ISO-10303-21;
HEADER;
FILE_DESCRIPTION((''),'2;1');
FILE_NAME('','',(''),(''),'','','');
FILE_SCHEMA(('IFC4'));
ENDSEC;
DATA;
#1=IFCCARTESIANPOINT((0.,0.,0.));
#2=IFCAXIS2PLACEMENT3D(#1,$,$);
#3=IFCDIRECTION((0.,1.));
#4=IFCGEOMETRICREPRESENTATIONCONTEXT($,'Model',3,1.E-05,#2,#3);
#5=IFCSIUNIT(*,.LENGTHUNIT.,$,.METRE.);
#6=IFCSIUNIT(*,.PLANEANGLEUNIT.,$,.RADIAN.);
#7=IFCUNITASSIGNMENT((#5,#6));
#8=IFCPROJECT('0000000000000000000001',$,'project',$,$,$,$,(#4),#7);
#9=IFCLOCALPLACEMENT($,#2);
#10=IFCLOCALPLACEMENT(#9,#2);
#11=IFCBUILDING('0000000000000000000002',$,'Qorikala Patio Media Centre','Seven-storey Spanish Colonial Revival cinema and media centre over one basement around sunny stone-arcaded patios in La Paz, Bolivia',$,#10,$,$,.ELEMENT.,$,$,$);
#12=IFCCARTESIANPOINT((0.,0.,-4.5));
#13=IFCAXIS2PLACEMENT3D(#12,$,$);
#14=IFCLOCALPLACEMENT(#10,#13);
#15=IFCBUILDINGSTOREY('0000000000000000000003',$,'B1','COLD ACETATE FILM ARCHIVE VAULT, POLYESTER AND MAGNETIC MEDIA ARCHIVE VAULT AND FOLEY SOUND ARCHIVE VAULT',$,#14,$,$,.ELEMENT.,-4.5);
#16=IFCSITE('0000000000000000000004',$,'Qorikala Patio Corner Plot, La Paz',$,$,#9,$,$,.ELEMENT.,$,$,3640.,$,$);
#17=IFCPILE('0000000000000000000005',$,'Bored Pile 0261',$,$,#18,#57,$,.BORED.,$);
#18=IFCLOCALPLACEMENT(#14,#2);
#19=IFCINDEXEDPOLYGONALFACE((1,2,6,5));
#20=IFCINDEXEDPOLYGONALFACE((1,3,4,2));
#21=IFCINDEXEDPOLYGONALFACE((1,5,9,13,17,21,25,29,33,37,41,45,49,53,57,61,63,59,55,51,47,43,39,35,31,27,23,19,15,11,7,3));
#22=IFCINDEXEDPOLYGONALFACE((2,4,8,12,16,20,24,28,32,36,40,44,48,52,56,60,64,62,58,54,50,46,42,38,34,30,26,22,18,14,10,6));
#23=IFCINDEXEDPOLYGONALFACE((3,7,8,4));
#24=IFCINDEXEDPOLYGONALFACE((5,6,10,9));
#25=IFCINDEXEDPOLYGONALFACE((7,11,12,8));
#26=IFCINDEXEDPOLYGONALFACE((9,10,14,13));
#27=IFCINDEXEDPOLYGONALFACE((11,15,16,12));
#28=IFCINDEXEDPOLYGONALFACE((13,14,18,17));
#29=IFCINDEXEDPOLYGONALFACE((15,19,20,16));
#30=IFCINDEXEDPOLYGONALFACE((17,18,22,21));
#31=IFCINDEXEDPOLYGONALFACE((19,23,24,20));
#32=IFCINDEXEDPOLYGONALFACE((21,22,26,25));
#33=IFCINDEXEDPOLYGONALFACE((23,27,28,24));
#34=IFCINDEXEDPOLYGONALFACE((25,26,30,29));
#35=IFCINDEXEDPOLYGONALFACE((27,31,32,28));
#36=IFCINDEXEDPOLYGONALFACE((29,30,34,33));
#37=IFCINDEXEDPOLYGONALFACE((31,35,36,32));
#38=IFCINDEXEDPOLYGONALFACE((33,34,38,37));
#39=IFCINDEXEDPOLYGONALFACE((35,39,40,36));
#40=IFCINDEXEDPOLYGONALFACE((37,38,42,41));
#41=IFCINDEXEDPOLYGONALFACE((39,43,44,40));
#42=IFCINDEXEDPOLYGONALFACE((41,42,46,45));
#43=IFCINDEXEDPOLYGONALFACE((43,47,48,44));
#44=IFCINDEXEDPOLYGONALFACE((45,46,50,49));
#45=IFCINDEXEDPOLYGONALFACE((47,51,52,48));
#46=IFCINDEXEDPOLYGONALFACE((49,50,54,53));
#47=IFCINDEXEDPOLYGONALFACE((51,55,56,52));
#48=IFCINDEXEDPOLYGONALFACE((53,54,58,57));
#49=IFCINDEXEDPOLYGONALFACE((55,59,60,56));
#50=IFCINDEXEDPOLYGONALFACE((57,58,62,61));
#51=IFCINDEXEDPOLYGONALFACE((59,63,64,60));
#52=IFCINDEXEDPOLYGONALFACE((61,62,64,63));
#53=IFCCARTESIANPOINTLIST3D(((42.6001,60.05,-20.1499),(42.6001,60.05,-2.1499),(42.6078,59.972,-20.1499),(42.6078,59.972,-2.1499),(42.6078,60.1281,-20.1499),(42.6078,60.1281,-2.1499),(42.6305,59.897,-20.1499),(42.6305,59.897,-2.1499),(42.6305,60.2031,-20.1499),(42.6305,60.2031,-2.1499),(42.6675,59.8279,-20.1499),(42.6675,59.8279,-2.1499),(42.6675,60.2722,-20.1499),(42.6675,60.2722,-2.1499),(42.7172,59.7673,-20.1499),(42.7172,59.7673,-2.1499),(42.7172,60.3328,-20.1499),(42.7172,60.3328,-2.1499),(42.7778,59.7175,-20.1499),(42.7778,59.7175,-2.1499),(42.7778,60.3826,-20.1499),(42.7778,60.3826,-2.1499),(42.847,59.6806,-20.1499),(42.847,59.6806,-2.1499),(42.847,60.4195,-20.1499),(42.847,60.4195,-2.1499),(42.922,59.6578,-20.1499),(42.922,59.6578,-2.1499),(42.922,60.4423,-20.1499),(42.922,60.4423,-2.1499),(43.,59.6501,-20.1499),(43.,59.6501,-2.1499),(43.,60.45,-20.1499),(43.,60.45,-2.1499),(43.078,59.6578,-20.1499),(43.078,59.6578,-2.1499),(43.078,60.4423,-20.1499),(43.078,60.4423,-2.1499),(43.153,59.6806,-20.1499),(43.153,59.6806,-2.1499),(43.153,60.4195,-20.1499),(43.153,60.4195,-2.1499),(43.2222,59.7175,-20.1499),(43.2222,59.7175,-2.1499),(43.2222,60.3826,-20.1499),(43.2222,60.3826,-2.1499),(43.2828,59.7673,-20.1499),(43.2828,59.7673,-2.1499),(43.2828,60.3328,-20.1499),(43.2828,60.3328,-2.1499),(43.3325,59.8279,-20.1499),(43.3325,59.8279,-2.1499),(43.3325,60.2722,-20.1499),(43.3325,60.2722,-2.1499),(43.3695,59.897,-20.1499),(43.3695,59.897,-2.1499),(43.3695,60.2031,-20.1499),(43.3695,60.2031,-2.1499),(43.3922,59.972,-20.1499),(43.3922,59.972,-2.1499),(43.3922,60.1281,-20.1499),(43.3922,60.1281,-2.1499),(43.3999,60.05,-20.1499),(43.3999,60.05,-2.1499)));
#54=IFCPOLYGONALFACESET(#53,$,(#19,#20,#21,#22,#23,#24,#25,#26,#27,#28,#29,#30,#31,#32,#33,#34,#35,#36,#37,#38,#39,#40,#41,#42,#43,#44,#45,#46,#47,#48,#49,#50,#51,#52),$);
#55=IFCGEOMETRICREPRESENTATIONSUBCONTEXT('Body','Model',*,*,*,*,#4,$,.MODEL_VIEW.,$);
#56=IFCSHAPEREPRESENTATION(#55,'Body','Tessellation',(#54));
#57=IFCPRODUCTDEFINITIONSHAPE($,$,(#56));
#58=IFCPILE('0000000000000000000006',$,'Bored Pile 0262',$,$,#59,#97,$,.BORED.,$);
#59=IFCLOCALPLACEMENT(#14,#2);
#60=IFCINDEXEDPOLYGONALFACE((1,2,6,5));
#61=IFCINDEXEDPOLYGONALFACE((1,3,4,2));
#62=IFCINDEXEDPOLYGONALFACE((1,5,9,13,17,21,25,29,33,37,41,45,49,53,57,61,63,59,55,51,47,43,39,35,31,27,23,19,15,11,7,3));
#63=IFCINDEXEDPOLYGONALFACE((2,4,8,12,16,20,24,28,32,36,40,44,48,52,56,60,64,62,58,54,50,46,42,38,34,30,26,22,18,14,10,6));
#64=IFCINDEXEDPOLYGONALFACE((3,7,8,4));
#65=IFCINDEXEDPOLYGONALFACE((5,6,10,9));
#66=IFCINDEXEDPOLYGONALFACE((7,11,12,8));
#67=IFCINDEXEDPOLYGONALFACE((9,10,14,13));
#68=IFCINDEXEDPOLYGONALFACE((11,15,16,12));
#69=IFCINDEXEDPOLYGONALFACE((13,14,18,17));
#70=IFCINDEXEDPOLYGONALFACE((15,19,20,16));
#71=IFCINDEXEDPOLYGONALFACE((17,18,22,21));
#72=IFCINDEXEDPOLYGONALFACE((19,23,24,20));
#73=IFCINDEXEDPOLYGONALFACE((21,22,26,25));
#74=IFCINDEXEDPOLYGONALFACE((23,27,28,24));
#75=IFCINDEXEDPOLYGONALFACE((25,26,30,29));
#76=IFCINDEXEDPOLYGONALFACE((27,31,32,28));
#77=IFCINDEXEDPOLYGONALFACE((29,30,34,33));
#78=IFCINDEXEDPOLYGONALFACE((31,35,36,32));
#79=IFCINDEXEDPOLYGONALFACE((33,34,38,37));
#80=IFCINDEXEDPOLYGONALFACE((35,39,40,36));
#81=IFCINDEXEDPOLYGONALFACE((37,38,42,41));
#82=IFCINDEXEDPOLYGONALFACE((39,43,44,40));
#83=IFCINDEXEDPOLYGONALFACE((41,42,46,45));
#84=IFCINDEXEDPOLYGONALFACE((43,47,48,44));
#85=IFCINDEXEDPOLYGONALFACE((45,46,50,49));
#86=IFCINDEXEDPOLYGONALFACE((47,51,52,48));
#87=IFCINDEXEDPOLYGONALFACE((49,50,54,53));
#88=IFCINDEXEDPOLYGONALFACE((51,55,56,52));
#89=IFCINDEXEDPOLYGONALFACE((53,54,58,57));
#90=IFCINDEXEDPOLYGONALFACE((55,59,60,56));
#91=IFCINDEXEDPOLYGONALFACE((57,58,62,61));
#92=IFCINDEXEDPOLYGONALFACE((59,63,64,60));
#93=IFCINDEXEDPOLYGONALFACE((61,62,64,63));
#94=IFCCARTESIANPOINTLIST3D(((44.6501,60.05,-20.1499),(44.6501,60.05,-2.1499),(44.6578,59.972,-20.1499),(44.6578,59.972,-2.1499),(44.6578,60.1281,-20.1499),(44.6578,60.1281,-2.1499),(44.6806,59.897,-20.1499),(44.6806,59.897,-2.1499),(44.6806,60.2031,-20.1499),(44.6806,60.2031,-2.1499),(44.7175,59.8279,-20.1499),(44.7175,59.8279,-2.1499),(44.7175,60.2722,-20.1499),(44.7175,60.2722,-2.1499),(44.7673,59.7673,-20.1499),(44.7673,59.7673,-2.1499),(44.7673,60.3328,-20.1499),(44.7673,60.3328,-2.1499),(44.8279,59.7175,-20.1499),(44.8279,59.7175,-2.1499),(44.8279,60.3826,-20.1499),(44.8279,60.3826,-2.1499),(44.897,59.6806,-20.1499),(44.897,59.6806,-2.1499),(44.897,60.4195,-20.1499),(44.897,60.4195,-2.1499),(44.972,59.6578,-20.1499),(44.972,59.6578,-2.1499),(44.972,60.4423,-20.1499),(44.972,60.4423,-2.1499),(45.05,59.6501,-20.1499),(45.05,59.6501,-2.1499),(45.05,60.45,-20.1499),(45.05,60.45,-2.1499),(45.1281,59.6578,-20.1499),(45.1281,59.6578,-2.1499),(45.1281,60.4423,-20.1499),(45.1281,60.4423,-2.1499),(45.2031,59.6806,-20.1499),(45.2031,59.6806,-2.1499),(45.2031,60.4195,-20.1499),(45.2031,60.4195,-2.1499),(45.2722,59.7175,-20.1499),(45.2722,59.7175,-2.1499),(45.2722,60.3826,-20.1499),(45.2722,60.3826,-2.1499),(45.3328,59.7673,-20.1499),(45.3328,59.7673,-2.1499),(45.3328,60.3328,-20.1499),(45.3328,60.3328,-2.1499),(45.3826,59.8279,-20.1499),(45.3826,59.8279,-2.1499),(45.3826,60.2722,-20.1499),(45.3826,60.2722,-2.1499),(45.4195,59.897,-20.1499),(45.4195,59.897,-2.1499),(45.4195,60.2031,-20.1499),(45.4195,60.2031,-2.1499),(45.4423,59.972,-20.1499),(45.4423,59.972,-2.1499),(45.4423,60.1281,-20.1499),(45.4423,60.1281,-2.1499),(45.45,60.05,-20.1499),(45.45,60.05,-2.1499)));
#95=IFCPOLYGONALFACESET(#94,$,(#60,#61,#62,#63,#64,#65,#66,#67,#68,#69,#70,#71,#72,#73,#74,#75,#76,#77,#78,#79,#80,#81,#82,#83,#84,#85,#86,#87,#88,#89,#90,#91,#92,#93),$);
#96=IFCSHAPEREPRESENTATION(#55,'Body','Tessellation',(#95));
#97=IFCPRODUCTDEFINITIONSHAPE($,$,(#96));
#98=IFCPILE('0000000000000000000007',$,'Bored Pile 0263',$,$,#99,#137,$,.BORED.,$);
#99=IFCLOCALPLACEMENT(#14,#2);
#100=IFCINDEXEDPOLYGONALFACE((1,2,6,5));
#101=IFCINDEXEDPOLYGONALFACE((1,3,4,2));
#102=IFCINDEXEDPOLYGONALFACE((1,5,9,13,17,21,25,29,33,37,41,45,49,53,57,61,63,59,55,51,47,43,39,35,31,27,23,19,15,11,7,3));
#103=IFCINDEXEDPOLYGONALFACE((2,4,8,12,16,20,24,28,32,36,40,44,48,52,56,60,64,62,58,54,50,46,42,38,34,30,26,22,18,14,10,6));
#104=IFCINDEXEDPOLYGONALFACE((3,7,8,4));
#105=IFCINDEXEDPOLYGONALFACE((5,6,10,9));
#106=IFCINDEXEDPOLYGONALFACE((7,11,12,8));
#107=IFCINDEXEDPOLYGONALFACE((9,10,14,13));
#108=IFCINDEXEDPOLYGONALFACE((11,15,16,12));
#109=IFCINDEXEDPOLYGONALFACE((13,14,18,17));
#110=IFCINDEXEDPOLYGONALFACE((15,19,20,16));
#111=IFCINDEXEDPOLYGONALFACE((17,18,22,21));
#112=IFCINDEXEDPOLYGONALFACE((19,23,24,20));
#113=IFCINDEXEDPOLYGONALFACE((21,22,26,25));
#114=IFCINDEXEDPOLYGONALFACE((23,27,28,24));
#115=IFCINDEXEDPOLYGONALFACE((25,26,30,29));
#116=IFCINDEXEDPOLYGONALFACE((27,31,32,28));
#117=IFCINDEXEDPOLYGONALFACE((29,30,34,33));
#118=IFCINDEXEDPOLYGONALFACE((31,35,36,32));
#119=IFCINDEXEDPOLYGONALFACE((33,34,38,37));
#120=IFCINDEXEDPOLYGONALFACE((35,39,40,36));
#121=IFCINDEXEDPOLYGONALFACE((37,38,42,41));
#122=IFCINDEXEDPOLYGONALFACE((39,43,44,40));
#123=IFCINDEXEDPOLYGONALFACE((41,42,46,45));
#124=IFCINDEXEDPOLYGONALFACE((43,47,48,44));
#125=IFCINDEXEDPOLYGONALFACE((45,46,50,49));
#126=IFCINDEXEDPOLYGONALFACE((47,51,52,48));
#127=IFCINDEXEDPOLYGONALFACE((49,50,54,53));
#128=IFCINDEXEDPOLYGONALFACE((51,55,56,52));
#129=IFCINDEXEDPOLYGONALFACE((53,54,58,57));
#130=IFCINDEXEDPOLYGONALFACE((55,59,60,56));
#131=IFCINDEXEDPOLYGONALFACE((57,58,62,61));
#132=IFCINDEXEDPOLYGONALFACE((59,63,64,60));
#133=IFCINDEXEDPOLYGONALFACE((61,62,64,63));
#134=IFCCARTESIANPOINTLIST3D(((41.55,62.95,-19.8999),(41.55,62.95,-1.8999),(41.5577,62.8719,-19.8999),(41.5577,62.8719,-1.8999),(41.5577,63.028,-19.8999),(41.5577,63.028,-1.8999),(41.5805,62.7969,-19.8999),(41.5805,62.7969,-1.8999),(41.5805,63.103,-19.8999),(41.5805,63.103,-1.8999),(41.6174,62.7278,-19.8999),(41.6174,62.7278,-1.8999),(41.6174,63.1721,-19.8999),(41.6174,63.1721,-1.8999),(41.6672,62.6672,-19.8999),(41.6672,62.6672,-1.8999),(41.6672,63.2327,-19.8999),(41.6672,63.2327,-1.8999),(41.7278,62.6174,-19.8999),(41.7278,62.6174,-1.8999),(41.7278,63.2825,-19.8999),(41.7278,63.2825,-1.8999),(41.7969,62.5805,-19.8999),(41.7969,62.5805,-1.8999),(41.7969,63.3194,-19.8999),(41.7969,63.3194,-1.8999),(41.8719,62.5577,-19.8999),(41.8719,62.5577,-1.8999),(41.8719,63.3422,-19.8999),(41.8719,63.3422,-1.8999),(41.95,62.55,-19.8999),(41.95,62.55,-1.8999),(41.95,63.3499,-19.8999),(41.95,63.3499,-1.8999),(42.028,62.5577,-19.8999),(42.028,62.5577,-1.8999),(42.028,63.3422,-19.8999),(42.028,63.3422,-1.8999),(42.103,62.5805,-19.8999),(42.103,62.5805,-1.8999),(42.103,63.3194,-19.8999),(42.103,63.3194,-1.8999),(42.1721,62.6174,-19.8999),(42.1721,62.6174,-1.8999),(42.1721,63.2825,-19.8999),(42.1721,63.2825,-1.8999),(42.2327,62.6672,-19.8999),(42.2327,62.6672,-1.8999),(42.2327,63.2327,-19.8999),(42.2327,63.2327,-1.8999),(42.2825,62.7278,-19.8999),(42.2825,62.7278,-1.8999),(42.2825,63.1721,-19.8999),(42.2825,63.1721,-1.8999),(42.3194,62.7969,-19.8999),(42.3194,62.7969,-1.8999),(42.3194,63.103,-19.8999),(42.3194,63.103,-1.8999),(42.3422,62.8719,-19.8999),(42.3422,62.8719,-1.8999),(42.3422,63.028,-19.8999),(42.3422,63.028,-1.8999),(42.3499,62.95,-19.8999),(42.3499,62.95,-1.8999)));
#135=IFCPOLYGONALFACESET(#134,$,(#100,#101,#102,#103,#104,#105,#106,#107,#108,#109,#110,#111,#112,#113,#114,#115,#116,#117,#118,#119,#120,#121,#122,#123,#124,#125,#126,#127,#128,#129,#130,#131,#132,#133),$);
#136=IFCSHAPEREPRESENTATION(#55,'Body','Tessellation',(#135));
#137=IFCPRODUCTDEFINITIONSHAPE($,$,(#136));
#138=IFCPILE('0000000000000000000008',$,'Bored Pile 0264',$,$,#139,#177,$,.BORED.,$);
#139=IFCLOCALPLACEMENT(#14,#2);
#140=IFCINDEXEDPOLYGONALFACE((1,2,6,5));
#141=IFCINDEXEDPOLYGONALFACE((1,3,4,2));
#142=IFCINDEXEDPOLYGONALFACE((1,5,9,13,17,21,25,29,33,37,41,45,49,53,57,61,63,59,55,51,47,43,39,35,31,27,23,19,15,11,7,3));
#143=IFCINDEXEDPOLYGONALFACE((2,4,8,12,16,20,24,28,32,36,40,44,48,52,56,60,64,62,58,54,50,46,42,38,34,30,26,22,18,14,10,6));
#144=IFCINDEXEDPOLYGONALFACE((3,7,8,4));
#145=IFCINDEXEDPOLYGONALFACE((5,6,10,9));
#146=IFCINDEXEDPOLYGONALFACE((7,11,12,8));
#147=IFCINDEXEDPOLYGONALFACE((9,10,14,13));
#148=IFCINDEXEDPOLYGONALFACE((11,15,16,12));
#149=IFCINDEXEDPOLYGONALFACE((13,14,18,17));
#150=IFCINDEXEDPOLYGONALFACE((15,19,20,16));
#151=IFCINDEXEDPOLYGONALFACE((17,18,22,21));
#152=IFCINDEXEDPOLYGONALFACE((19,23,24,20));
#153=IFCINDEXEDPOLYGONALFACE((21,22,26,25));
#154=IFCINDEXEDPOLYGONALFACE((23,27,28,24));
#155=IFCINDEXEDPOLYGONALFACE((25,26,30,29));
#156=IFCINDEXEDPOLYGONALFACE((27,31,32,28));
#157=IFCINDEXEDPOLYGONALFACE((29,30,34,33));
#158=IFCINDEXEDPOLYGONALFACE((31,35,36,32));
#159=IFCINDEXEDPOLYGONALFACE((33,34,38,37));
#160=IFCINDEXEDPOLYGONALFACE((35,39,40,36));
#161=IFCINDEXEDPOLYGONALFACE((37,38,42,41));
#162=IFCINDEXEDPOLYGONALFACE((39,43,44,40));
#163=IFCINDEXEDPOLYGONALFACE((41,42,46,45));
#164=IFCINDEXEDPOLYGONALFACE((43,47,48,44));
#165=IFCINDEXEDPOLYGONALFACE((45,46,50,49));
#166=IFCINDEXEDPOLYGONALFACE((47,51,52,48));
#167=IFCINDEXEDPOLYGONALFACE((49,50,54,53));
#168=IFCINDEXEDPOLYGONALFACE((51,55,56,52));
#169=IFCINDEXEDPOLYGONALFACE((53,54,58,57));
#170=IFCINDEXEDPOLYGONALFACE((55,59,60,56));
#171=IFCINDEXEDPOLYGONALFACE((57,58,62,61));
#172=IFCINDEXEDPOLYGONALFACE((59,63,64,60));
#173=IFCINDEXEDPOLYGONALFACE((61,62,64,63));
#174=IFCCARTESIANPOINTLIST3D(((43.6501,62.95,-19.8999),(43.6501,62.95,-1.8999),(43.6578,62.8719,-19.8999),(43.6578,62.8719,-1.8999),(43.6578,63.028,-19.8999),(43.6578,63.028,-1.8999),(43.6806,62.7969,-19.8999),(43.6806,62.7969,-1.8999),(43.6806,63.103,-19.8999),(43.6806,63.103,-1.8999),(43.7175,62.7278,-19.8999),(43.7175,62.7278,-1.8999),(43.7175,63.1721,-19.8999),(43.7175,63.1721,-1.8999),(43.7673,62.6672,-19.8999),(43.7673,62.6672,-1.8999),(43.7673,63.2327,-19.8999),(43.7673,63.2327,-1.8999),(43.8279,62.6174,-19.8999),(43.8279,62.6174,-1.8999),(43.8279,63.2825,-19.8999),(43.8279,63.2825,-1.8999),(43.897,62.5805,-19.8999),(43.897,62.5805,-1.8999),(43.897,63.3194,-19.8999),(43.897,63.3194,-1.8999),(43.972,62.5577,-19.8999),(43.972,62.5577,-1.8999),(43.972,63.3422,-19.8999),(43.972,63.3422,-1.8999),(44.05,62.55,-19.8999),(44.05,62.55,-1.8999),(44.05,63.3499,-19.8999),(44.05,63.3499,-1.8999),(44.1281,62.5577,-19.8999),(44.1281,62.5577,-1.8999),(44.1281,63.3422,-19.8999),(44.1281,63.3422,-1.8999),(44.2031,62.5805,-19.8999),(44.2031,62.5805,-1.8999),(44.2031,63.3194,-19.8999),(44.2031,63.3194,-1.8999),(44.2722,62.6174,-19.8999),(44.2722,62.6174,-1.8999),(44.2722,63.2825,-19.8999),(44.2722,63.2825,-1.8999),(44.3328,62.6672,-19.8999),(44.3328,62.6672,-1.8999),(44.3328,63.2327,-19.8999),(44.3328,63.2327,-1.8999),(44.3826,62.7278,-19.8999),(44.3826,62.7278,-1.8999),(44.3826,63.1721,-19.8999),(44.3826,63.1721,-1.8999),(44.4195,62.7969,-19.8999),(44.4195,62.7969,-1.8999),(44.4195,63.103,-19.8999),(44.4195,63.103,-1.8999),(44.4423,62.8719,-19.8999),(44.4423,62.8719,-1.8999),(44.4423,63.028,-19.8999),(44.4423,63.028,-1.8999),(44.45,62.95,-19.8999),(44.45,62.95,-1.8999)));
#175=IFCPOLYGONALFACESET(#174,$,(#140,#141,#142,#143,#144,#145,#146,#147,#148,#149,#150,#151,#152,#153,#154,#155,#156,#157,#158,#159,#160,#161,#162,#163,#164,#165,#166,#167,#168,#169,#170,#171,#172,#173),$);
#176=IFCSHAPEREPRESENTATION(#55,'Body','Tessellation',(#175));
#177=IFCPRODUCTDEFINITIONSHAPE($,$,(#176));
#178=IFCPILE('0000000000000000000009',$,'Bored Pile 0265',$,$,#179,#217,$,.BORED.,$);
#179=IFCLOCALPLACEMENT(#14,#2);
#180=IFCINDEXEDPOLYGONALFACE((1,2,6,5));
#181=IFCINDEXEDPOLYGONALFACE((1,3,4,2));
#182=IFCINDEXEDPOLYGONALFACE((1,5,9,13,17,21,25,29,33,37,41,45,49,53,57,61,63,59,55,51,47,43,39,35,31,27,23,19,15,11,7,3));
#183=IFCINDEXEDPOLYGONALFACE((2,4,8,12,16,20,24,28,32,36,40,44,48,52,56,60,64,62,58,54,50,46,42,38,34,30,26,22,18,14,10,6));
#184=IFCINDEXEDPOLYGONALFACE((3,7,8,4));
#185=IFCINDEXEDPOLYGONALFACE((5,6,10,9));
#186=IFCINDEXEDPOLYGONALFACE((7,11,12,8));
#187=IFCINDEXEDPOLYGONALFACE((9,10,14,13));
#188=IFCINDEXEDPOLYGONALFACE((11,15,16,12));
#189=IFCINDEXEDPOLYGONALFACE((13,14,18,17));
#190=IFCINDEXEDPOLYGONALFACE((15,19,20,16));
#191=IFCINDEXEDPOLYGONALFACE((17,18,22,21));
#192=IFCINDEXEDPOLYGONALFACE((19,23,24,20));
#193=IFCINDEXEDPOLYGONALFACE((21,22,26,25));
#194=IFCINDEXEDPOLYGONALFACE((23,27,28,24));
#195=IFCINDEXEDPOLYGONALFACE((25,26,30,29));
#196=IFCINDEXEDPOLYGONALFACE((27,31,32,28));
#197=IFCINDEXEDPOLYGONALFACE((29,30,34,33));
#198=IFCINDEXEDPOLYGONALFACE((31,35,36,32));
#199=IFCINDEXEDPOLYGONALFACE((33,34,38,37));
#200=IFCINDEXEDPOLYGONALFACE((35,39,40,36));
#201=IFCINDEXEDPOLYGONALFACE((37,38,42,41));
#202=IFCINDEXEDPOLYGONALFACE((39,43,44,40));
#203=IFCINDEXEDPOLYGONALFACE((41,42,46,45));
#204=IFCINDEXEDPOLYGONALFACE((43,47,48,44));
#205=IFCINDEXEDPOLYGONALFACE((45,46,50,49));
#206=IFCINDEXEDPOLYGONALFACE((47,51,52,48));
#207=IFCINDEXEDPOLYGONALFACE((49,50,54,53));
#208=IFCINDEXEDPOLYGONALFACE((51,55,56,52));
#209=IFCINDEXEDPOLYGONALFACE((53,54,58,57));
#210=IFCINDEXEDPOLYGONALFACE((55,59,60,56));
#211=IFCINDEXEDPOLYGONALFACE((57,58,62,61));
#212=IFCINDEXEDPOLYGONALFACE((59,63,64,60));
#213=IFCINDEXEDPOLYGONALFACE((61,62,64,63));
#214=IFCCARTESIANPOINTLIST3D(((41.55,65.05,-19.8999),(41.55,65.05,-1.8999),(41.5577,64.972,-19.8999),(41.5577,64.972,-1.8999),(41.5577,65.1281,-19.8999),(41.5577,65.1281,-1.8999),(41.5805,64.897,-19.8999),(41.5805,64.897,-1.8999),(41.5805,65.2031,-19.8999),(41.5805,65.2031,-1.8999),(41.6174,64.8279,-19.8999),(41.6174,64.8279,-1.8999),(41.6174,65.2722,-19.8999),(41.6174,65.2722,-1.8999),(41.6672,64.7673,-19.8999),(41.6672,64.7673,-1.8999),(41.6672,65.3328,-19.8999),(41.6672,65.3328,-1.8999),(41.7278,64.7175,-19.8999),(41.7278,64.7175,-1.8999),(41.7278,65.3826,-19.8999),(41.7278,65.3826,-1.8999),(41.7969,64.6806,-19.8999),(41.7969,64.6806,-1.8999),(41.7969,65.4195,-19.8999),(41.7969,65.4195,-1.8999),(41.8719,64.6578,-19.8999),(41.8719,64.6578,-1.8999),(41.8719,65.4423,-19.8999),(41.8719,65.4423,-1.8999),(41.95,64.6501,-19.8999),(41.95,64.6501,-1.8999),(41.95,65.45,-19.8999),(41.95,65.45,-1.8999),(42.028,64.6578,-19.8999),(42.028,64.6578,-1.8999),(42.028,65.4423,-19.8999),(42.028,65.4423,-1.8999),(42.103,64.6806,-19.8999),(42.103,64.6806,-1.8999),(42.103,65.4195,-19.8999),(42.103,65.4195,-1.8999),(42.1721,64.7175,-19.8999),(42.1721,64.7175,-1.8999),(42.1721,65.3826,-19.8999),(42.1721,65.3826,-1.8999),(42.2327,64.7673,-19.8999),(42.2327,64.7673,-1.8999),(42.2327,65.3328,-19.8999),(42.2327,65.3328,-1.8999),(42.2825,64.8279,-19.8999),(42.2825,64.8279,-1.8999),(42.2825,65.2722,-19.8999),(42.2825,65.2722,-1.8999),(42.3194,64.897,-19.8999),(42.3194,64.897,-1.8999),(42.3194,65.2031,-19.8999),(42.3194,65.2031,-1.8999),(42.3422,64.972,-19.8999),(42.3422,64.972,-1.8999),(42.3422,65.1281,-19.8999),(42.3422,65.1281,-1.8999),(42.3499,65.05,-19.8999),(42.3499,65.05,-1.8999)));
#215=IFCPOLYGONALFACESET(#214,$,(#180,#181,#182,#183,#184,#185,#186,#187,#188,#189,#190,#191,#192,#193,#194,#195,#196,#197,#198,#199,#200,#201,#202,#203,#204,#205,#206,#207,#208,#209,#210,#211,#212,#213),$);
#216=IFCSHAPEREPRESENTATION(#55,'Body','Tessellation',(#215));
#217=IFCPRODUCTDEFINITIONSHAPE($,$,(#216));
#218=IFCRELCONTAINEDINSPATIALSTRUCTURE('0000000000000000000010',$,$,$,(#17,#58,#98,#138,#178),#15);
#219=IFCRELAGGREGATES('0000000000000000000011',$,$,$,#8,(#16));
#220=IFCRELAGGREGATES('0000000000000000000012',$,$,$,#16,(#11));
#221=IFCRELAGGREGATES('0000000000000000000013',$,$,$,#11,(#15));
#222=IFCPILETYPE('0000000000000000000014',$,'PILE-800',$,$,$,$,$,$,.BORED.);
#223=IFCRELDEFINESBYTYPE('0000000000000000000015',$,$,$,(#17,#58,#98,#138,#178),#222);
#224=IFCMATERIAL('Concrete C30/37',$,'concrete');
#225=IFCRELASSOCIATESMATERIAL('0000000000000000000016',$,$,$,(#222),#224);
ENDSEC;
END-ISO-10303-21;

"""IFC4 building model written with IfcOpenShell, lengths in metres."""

from ifc_helpers import new_model, si_unit, direction, frame, origin, origin_2d, place, context, subcontext, project, spatial, circle, extrude, material, material_profile, profile_set, type_object, element, save


model = new_model("IFC4")

# Units and contexts
model_context = context("Model", 3, precision=1e-05, world=origin(), true_north=direction((0.0, 1.0)))
body_context = subcontext(model_context, "Body", "Model", "MODEL_VIEW")
ifc_project = project(units=[si_unit("LENGTHUNIT", "METRE"), si_unit("PLANEANGLEUNIT", "RADIAN")], contexts=[model_context])

# Site, building, storey
site_placement = place(None, origin())
site = spatial("IfcSite", under=ifc_project, at=site_placement, Name="Qorikala Patio Corner Plot, La Paz", CompositionType="ELEMENT", RefElevation=3640.0)
building_placement = place(site_placement, origin())
building = spatial("IfcBuilding", under=site, at=building_placement, Name="Qorikala Patio Media Centre", Description="Seven-storey Spanish Colonial Revival cinema and media centre over one basement around sunny stone-arcaded patios in La Paz, Bolivia", CompositionType="ELEMENT")
storey_placement = place(building_placement, frame((0.0, 0.0, -4.5)))
storey = spatial("IfcBuildingStorey", under=building, at=storey_placement, Name="B1", Description="COLD ACETATE FILM ARCHIVE VAULT, POLYESTER AND MAGNETIC MEDIA ARCHIVE VAULT AND FOLEY SOUND ARCHIVE VAULT", CompositionType="ELEMENT", Elevation=-4.5)

# Shared definitions
ifc_material_1 = material(Name="Concrete C30/37", Category="concrete")

# Piles
ifc_material_profile_1 = material_profile(ifc_material_1, circle(Radius=0.3999, at=origin_2d()), Name="BORED PILE 800")
ifc_profile_set_1 = profile_set([ifc_material_profile_1], Name="Concrete C30/37")
pile_type_1 = type_object("IfcPileType", Name="PILE-800", PredefinedType="BORED", material=ifc_profile_set_1)
for number, where, z_axis, x_axis, name in (
    (1, (43.0, 60.05, -2.1499), (0.0, 0.0, -1.0), (1.0, 0.0, 0.0), "Bored Pile 0261"),
    (2, (45.05, 60.05, -2.1499), (0.0, 0.0, -1.0), (1.0, 0.0, 0.0), "Bored Pile 0262"),
    (3, (41.95, 62.95, -1.8999), (0.0, 0.0, -1.0), (1.0, 0.0, 0.0), "Bored Pile 0263"),
    (4, (44.05, 62.95, -1.8999), (0.0, 0.0, -1.0), (1.0, 0.0, 0.0), "Bored Pile 0264"),
    (5, (41.95, 65.05, -1.8999), (0.0, 0.0, -1.0), (1.0, 0.0, 0.0), "Bored Pile 0265"),
):
    element("IfcPile", number, at=place(storey_placement, frame(where, z_axis=z_axis, x_axis=x_axis)), inside=storey, type_object=pile_type_1, Name=name, PredefinedType="BORED", context=body_context, shape_type="SweptSolid", body=[
        extrude(circle(Radius=0.3999, at=origin_2d()), origin(), (0.0, 0.0, 1.0), 18.0),
    ])

save(model, "model.ifc")
